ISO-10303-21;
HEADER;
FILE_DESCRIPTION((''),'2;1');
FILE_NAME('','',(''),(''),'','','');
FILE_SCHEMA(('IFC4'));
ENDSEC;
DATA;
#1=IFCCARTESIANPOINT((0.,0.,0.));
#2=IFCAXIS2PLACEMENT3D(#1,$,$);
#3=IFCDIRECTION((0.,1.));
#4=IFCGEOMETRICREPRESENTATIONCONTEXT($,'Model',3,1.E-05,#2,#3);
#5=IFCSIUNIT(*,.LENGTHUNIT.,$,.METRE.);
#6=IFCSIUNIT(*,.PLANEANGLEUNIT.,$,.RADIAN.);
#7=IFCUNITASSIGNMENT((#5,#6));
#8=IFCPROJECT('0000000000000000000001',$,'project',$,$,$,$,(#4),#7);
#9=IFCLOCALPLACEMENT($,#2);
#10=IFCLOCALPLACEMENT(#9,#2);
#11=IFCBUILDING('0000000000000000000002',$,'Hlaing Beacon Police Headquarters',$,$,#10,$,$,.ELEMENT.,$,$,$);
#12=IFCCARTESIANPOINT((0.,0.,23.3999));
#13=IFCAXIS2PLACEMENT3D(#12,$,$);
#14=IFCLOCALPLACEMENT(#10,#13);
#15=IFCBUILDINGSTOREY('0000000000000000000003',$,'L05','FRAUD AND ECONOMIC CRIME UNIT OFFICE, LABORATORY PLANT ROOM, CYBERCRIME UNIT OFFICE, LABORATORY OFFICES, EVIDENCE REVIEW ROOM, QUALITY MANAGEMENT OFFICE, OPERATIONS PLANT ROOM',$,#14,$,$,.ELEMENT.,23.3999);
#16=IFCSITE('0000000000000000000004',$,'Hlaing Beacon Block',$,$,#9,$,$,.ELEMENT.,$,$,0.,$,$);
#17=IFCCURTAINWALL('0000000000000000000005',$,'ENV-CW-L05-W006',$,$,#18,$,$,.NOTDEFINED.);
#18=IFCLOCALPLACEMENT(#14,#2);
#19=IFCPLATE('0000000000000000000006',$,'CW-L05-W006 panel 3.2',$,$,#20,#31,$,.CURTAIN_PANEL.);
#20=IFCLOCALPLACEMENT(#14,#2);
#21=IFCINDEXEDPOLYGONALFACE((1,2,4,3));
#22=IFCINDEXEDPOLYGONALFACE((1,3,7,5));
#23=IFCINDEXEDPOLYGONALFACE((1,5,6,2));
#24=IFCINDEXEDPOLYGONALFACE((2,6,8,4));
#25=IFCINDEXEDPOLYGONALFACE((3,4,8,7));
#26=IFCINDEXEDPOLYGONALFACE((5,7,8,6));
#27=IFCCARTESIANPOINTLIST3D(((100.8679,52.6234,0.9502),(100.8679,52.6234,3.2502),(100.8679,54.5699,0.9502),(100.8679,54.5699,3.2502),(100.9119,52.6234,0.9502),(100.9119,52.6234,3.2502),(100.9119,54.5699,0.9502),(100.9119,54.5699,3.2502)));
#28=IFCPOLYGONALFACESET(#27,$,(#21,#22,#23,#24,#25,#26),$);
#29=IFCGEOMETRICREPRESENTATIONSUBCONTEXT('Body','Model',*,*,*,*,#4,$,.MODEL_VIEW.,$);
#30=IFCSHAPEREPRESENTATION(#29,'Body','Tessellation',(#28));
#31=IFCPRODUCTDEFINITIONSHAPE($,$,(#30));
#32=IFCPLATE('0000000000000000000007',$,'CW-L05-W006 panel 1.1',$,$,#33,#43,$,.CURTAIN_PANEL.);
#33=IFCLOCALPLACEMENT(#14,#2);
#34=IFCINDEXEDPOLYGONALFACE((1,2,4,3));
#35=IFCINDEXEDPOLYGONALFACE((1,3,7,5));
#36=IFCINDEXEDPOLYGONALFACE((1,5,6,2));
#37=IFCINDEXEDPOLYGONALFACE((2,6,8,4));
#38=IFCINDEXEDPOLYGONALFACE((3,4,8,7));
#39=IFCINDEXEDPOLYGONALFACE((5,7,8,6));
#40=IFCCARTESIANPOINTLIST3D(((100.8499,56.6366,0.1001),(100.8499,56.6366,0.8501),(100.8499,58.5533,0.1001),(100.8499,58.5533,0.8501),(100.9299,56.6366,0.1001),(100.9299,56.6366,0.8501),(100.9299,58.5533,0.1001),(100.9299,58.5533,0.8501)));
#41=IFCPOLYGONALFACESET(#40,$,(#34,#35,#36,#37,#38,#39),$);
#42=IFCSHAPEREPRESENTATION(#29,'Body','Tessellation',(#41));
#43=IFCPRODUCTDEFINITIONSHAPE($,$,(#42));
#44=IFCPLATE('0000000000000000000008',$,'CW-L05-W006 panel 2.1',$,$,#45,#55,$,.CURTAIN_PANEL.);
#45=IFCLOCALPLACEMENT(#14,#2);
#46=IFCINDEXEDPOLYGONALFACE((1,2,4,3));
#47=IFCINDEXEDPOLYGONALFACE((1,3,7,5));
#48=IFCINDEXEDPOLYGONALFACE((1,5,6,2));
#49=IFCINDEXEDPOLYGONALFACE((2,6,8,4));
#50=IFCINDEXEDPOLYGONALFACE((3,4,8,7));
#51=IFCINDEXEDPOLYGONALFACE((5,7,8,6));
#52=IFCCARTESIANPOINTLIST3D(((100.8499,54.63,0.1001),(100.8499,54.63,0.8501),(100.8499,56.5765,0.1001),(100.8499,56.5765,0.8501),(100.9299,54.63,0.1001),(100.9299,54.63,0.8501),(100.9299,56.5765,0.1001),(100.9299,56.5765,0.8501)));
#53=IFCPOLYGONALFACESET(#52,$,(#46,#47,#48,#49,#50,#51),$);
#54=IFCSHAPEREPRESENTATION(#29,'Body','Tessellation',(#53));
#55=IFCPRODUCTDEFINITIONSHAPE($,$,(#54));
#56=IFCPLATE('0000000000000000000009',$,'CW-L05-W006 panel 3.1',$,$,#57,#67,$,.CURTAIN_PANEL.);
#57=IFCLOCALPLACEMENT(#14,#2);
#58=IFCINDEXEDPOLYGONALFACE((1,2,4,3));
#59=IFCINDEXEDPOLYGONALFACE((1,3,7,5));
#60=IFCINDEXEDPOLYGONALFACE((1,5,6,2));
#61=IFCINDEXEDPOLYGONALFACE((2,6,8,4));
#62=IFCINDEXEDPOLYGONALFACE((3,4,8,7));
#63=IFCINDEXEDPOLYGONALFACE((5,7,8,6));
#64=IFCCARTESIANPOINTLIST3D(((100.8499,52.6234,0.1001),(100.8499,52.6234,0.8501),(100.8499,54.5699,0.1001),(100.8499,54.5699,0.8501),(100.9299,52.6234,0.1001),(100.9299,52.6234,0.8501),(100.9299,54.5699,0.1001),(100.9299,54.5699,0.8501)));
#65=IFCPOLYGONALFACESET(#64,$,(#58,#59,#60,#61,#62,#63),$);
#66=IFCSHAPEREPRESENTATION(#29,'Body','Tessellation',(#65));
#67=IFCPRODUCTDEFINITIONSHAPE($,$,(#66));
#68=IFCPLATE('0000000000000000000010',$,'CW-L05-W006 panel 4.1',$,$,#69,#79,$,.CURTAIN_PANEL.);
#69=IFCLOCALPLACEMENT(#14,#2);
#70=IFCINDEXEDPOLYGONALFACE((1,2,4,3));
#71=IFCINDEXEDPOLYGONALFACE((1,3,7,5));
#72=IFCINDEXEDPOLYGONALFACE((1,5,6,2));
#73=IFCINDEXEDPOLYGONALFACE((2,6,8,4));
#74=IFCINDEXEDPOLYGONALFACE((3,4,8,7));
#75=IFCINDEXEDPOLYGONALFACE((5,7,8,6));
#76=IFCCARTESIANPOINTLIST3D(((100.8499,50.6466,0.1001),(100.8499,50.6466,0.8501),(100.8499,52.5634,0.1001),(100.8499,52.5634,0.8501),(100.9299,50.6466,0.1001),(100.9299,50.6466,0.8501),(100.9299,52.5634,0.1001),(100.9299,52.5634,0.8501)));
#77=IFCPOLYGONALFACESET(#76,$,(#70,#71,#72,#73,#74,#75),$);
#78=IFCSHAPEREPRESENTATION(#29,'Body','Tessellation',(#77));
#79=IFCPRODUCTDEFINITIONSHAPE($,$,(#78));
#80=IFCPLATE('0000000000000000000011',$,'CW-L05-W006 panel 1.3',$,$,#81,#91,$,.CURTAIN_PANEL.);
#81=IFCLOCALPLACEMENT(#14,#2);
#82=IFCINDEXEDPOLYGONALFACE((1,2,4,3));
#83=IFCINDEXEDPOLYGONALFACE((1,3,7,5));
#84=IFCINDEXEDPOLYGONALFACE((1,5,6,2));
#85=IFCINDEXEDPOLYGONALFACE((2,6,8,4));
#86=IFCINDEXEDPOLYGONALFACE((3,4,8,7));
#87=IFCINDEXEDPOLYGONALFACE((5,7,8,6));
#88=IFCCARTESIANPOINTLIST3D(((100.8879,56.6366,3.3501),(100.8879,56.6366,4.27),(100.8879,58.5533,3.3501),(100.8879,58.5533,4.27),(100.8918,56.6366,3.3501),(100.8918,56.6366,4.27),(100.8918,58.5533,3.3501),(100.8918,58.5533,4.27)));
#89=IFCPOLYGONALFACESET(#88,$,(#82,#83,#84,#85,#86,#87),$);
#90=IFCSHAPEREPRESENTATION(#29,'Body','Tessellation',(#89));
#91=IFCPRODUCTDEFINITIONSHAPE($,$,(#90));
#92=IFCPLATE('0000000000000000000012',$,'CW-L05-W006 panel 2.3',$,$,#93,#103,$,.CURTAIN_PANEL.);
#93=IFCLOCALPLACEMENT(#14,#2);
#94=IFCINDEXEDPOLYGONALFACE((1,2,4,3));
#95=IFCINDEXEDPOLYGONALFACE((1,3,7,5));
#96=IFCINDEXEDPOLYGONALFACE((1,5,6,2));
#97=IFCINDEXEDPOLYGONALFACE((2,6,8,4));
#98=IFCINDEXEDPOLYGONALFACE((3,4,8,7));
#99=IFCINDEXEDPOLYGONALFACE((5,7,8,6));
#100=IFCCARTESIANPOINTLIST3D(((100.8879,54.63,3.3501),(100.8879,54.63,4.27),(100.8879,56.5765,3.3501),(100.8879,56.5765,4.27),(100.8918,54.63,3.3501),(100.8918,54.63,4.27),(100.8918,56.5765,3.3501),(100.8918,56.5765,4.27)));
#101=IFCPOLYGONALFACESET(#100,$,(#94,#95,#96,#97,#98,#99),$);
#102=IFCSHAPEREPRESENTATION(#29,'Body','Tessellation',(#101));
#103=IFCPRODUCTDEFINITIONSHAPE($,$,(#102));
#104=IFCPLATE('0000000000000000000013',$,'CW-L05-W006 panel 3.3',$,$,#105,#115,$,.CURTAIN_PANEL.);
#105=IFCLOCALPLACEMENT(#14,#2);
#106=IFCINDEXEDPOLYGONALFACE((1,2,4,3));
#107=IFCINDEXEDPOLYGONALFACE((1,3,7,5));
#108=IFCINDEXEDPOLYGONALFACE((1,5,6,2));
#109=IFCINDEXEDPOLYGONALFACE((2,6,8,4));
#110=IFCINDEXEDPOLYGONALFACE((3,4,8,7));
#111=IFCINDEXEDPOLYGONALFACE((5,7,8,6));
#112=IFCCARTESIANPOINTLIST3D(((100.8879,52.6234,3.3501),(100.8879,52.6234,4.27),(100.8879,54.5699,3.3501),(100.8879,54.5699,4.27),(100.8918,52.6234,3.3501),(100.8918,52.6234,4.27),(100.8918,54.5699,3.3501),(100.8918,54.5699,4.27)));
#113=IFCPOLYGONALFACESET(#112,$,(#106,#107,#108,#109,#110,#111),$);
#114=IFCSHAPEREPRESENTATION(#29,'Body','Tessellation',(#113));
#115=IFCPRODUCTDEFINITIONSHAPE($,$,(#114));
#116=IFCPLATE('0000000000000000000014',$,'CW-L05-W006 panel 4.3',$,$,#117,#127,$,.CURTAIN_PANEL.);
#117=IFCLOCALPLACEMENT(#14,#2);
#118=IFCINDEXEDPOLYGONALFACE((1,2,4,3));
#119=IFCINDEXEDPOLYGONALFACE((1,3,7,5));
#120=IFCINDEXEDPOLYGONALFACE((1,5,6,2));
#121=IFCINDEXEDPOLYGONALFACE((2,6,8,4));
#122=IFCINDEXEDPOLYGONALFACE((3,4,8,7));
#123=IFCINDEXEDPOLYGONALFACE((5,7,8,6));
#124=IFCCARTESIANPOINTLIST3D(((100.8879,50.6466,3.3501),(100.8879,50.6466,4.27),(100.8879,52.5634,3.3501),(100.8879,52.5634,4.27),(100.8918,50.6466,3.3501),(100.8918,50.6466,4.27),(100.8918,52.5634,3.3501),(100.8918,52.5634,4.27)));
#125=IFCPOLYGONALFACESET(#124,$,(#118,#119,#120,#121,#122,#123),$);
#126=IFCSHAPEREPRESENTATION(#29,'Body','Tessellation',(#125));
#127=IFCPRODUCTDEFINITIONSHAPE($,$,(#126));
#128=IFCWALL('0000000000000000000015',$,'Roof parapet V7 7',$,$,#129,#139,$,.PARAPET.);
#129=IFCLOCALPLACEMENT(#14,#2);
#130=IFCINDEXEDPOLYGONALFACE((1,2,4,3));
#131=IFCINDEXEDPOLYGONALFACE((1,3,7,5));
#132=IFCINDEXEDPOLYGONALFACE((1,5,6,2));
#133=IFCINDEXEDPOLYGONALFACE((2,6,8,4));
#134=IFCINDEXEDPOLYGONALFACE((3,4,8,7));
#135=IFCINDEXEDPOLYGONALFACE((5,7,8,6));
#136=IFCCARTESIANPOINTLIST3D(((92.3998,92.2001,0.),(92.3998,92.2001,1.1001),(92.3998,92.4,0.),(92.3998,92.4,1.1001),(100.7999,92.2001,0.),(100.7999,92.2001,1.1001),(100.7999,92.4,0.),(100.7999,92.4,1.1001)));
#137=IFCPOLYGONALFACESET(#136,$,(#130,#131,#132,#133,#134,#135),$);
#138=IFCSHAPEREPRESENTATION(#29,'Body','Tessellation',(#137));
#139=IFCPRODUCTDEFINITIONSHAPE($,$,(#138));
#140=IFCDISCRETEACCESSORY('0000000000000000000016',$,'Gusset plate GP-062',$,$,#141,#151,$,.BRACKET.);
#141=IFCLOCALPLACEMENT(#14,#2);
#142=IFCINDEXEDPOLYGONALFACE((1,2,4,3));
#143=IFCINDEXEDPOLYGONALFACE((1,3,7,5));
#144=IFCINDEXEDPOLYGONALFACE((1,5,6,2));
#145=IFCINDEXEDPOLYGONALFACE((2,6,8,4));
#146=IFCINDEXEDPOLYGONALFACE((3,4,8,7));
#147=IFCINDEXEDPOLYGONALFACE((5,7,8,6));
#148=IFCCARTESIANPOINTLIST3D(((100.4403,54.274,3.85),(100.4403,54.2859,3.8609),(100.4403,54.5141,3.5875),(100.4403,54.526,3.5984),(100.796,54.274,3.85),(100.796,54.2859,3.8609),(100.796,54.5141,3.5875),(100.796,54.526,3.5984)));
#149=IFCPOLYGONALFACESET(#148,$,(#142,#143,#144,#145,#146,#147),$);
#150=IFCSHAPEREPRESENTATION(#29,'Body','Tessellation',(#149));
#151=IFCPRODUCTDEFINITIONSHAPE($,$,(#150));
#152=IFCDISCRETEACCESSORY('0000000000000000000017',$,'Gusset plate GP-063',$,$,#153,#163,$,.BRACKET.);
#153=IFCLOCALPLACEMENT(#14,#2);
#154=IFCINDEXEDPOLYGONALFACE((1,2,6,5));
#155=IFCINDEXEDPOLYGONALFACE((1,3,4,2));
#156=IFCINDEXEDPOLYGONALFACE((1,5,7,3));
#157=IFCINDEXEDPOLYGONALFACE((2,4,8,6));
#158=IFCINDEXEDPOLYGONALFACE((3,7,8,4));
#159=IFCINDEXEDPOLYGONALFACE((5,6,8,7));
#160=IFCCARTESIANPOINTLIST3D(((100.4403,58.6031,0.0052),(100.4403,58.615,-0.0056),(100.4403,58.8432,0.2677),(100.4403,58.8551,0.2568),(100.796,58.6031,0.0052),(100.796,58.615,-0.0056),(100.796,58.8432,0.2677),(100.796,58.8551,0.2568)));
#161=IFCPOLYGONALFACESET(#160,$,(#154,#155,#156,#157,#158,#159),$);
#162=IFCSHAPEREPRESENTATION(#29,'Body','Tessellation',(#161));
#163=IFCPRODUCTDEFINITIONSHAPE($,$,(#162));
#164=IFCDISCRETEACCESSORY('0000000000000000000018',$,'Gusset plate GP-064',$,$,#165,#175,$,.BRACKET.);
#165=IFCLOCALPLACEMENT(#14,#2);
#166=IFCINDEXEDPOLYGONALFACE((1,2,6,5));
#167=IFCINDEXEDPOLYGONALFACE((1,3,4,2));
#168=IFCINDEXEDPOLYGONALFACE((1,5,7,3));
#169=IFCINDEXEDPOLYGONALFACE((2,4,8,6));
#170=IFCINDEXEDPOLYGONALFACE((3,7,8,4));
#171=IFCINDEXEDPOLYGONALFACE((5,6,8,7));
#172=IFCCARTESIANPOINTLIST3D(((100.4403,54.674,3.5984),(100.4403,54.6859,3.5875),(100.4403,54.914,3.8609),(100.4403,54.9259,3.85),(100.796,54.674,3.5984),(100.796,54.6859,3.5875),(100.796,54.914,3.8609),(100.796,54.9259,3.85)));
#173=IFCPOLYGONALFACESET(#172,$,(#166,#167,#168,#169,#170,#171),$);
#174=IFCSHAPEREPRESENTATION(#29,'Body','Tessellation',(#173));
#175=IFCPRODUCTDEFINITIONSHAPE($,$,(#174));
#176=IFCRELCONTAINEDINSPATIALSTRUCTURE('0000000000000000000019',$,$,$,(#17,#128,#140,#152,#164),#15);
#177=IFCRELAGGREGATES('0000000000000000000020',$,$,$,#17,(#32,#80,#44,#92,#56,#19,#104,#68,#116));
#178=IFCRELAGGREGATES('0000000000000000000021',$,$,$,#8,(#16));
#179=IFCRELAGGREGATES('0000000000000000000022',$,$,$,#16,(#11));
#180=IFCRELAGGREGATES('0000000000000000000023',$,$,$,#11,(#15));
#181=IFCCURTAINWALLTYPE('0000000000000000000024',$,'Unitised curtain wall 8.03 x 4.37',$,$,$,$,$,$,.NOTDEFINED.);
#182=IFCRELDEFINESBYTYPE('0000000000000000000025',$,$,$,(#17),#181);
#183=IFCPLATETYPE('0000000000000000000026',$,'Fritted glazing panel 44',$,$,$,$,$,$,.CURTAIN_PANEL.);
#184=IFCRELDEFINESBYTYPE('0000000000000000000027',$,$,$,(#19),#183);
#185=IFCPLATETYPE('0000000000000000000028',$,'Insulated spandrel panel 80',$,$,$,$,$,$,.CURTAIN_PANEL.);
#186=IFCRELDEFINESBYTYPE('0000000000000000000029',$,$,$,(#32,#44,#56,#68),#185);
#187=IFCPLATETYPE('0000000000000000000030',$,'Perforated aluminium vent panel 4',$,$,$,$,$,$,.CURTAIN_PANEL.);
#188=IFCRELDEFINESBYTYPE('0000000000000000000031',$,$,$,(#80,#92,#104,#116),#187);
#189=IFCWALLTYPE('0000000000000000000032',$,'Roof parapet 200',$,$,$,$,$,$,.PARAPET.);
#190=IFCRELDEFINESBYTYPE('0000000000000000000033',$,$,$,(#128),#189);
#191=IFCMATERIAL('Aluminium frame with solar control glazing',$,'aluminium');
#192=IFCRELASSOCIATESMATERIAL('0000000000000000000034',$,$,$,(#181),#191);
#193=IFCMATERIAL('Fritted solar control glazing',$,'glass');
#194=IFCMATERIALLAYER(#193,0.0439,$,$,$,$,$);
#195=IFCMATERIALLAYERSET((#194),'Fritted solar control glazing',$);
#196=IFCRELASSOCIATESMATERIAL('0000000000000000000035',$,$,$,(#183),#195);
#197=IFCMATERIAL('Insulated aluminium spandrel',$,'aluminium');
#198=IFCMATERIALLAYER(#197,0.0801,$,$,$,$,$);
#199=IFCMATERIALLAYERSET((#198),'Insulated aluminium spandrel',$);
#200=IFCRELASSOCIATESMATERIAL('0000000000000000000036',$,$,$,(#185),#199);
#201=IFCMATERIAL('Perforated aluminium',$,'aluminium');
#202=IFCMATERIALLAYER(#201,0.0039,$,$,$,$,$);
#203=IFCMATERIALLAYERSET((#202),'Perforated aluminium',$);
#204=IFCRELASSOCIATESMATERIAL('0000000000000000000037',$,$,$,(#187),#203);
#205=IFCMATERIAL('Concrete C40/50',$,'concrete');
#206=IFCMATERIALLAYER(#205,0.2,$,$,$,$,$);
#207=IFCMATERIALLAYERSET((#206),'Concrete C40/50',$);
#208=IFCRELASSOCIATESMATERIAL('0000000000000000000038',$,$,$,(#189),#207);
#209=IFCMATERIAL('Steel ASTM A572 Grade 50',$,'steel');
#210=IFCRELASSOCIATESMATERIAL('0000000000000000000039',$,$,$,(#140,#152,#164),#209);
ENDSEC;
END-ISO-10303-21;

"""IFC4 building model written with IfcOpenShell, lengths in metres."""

from ifc_helpers import new_model, si_unit, direction, frame, frame_2d, origin, origin_2d, place, context, subcontext, project, spatial, rectangle, extrude, material, layer, layer_set, type_object, element, aggregate, save


model = new_model("IFC4")

# Units and contexts
model_context = context("Model", 3, precision=1e-05, world=origin(), true_north=direction((0.0, 1.0)))
body_context = subcontext(model_context, "Body", "Model", "MODEL_VIEW")
ifc_project = project(units=[si_unit("LENGTHUNIT", "METRE"), si_unit("PLANEANGLEUNIT", "RADIAN")], contexts=[model_context])

# Site, building, storey
site_placement = place(None, origin())
site = spatial("IfcSite", under=ifc_project, at=site_placement, Name="Hlaing Beacon Block", CompositionType="ELEMENT", RefElevation=0.0)
building_placement = place(site_placement, origin())
building = spatial("IfcBuilding", under=site, at=building_placement, Name="Hlaing Beacon Police Headquarters", CompositionType="ELEMENT")
storey_placement = place(building_placement, frame((0.0, 0.0, 23.3999)))
storey = spatial("IfcBuildingStorey", under=building, at=storey_placement, Name="L05", Description="FRAUD AND ECONOMIC CRIME UNIT OFFICE, LABORATORY PLANT ROOM, CYBERCRIME UNIT OFFICE, LABORATORY OFFICES, EVIDENCE REVIEW ROOM, QUALITY MANAGEMENT OFFICE, OPERATIONS PLANT ROOM", CompositionType="ELEMENT", Elevation=23.3999)

# Curtain wall, plates
ifc_material_1 = material(Name="Aluminium frame with solar control glazing", Category="aluminium")
curtain_wall_type = type_object("IfcCurtainWallType", Name="Unitised curtain wall 8.03 x 4.37", PredefinedType="NOTDEFINED", material=ifc_material_1)
curtain_wall_placement = place(storey_placement, origin())
curtain_wall = element("IfcCurtainWall", 1, at=curtain_wall_placement, inside=storey, type_object=curtain_wall_type, Name="ENV-CW-L05-W006", PredefinedType="NOTDEFINED")
ifc_material_2 = material(Name="Fritted solar control glazing", Category="glass")
ifc_layer_1 = layer(ifc_material_2, 0.0439)
ifc_layer_set_1 = layer_set([ifc_layer_1], Name="Fritted solar control glazing")
plate_type_1 = type_object("IfcPlateType", Name="Fritted glazing panel 44", PredefinedType="CURTAIN_PANEL", material=ifc_layer_set_1)
plate_1_placement = place(storey_placement, frame((100.8899, 53.5967, 0.9502), z_axis=(0.0, 0.0, 1.0), x_axis=(0.0, -1.0, 0.0)))
plate_1 = element("IfcPlate", 2, at=plate_1_placement, type_object=plate_type_1, Name="CW-L05-W006 panel 3.2", PredefinedType="CURTAIN_PANEL", context=body_context, shape_type="SweptSolid", body=[
    extrude(rectangle(XDim=1.9465, YDim=0.0439, at=origin_2d()), origin(), (0.0, 0.0, 1.0), 2.3),
])
ifc_material_3 = material(Name="Insulated aluminium spandrel", Category="aluminium")
ifc_layer_2 = layer(ifc_material_3, 0.0801)
ifc_layer_set_2 = layer_set([ifc_layer_2], Name="Insulated aluminium spandrel")
plate_type_2 = type_object("IfcPlateType", Name="Insulated spandrel panel 80", PredefinedType="CURTAIN_PANEL", material=ifc_layer_set_2)
plate_2_placement = place(storey_placement, frame((100.8899, 57.595, 0.1001), z_axis=(0.0, 0.0, 1.0), x_axis=(0.0, -1.0, 0.0)))
plate_2 = element("IfcPlate", 3, at=plate_2_placement, type_object=plate_type_2, Name="CW-L05-W006 panel 1.1", PredefinedType="CURTAIN_PANEL", context=body_context, shape_type="SweptSolid", body=[
    extrude(rectangle(XDim=1.9167, YDim=0.0801, at=origin_2d()), origin(), (0.0, 0.0, 1.0), 0.75),
])
plate_3_placement = place(storey_placement, frame((100.8899, 55.6033, 0.1001), z_axis=(0.0, 0.0, 1.0), x_axis=(0.0, -1.0, 0.0)))
plate_3 = element("IfcPlate", 4, at=plate_3_placement, type_object=plate_type_2, Name="CW-L05-W006 panel 2.1", PredefinedType="CURTAIN_PANEL", context=body_context, shape_type="SweptSolid", body=[
    extrude(rectangle(XDim=1.9465, YDim=0.0801, at=origin_2d()), origin(), (0.0, 0.0, 1.0), 0.75),
])
plate_4_placement = place(storey_placement, frame((100.8899, 53.5967, 0.1001), z_axis=(0.0, 0.0, 1.0), x_axis=(0.0, -1.0, 0.0)))
plate_4 = element("IfcPlate", 5, at=plate_4_placement, type_object=plate_type_2, Name="CW-L05-W006 panel 3.1", PredefinedType="CURTAIN_PANEL", context=body_context, shape_type="SweptSolid", body=[
    extrude(rectangle(XDim=1.9465, YDim=0.0801, at=origin_2d()), origin(), (0.0, 0.0, 1.0), 0.75),
])
plate_5_placement = place(storey_placement, frame((100.8899, 51.605, 0.1001), z_axis=(0.0, 0.0, 1.0), x_axis=(0.0, -1.0, 0.0)))
plate_5 = element("IfcPlate", 6, at=plate_5_placement, type_object=plate_type_2, Name="CW-L05-W006 panel 4.1", PredefinedType="CURTAIN_PANEL", context=body_context, shape_type="SweptSolid", body=[
    extrude(rectangle(XDim=1.9167, YDim=0.0801, at=origin_2d()), origin(), (0.0, 0.0, 1.0), 0.75),
])
ifc_material_4 = material(Name="Perforated aluminium", Category="aluminium")
ifc_layer_3 = layer(ifc_material_4, 0.0039)
ifc_layer_set_3 = layer_set([ifc_layer_3], Name="Perforated aluminium")
plate_type_3 = type_object("IfcPlateType", Name="Perforated aluminium vent panel 4", PredefinedType="CURTAIN_PANEL", material=ifc_layer_set_3)
plate_6_placement = place(storey_placement, frame((100.8899, 57.595, 3.3501), z_axis=(0.0, 0.0, 1.0), x_axis=(0.0, -1.0, 0.0)))
plate_6 = element("IfcPlate", 7, at=plate_6_placement, type_object=plate_type_3, Name="CW-L05-W006 panel 1.3", PredefinedType="CURTAIN_PANEL", context=body_context, shape_type="SweptSolid", body=[
    extrude(rectangle(XDim=1.9167, YDim=0.0039, at=origin_2d()), origin(), (0.0, 0.0, 1.0), 0.9199),
])
plate_7_placement = place(storey_placement, frame((100.8899, 55.6033, 3.3501), z_axis=(0.0, 0.0, 1.0), x_axis=(0.0, -1.0, 0.0)))
plate_7 = element("IfcPlate", 8, at=plate_7_placement, type_object=plate_type_3, Name="CW-L05-W006 panel 2.3", PredefinedType="CURTAIN_PANEL", context=body_context, shape_type="SweptSolid", body=[
    extrude(rectangle(XDim=1.9465, YDim=0.0039, at=origin_2d()), origin(), (0.0, 0.0, 1.0), 0.9199),
])
plate_8_placement = place(storey_placement, frame((100.8899, 53.5967, 3.3501), z_axis=(0.0, 0.0, 1.0), x_axis=(0.0, -1.0, 0.0)))
plate_8 = element("IfcPlate", 9, at=plate_8_placement, type_object=plate_type_3, Name="CW-L05-W006 panel 3.3", PredefinedType="CURTAIN_PANEL", context=body_context, shape_type="SweptSolid", body=[
    extrude(rectangle(XDim=1.9465, YDim=0.0039, at=origin_2d()), origin(), (0.0, 0.0, 1.0), 0.9199),
])
plate_9_placement = place(storey_placement, frame((100.8899, 51.605, 3.3501), z_axis=(0.0, 0.0, 1.0), x_axis=(0.0, -1.0, 0.0)))
plate_9 = element("IfcPlate", 10, at=plate_9_placement, type_object=plate_type_3, Name="CW-L05-W006 panel 4.3", PredefinedType="CURTAIN_PANEL", context=body_context, shape_type="SweptSolid", body=[
    extrude(rectangle(XDim=1.9167, YDim=0.0039, at=origin_2d()), origin(), (0.0, 0.0, 1.0), 0.9199),
])
aggregate(curtain_wall, [plate_2, plate_6, plate_3, plate_7, plate_4, plate_1, plate_8, plate_5, plate_9])

# Wall
ifc_material_5 = material(Name="Concrete C40/50", Category="concrete")
ifc_layer_4 = layer(ifc_material_5, 0.2)
ifc_layer_set_4 = layer_set([ifc_layer_4], Name="Concrete C40/50")
wall_type = type_object("IfcWallType", Name="Roof parapet 200", PredefinedType="PARAPET", material=ifc_layer_set_4)
wall_placement = place(storey_placement, frame((100.8, 92.3, 0.0), z_axis=(0.0, 0.0, 1.0), x_axis=(-1.0, 0.0, 0.0)))
element("IfcWall", 11, at=wall_placement, inside=storey, type_object=wall_type, Name="Roof parapet V7 7", PredefinedType="PARAPET", context=body_context, shape_type="SweptSolid", body=[
    extrude(rectangle(XDim=8.4001, YDim=0.2, at=frame_2d((4.2002, 0.0))), origin(), (0.0, 0.0, 1.0), 1.1001),
])

# Discrete accessories
ifc_material_6 = material(Name="Steel ASTM A572 Grade 50", Category="steel")
for number, where, z_axis, x_axis, name in (
    (12, (100.6182, 54.394, 3.7188), (0.0, 0.737951, 0.674854), (-1.0, 0.0, 0.0), "Gusset plate GP-062"),
    (13, (100.6182, 58.7231, 0.1365), (0.0, 0.737951, -0.674854), (-1.0, 0.0, 0.0), "Gusset plate GP-063"),
    (14, (100.6182, 54.8059, 3.7188), (0.0, -0.737951, 0.674854), (1.0, 0.0, 0.0), "Gusset plate GP-064"),
):
    element("IfcDiscreteAccessory", number, at=place(storey_placement, frame(where, z_axis=z_axis, x_axis=x_axis)), inside=storey, material=ifc_material_6, Name=name, PredefinedType="BRACKET", context=body_context, shape_type="SweptSolid", body=[
        extrude(rectangle(XDim=0.3557, YDim=0.3557, at=origin_2d()), origin(), (0.0, 0.0, 1.0), 0.0161),
    ])

save(model, "model.ifc")
